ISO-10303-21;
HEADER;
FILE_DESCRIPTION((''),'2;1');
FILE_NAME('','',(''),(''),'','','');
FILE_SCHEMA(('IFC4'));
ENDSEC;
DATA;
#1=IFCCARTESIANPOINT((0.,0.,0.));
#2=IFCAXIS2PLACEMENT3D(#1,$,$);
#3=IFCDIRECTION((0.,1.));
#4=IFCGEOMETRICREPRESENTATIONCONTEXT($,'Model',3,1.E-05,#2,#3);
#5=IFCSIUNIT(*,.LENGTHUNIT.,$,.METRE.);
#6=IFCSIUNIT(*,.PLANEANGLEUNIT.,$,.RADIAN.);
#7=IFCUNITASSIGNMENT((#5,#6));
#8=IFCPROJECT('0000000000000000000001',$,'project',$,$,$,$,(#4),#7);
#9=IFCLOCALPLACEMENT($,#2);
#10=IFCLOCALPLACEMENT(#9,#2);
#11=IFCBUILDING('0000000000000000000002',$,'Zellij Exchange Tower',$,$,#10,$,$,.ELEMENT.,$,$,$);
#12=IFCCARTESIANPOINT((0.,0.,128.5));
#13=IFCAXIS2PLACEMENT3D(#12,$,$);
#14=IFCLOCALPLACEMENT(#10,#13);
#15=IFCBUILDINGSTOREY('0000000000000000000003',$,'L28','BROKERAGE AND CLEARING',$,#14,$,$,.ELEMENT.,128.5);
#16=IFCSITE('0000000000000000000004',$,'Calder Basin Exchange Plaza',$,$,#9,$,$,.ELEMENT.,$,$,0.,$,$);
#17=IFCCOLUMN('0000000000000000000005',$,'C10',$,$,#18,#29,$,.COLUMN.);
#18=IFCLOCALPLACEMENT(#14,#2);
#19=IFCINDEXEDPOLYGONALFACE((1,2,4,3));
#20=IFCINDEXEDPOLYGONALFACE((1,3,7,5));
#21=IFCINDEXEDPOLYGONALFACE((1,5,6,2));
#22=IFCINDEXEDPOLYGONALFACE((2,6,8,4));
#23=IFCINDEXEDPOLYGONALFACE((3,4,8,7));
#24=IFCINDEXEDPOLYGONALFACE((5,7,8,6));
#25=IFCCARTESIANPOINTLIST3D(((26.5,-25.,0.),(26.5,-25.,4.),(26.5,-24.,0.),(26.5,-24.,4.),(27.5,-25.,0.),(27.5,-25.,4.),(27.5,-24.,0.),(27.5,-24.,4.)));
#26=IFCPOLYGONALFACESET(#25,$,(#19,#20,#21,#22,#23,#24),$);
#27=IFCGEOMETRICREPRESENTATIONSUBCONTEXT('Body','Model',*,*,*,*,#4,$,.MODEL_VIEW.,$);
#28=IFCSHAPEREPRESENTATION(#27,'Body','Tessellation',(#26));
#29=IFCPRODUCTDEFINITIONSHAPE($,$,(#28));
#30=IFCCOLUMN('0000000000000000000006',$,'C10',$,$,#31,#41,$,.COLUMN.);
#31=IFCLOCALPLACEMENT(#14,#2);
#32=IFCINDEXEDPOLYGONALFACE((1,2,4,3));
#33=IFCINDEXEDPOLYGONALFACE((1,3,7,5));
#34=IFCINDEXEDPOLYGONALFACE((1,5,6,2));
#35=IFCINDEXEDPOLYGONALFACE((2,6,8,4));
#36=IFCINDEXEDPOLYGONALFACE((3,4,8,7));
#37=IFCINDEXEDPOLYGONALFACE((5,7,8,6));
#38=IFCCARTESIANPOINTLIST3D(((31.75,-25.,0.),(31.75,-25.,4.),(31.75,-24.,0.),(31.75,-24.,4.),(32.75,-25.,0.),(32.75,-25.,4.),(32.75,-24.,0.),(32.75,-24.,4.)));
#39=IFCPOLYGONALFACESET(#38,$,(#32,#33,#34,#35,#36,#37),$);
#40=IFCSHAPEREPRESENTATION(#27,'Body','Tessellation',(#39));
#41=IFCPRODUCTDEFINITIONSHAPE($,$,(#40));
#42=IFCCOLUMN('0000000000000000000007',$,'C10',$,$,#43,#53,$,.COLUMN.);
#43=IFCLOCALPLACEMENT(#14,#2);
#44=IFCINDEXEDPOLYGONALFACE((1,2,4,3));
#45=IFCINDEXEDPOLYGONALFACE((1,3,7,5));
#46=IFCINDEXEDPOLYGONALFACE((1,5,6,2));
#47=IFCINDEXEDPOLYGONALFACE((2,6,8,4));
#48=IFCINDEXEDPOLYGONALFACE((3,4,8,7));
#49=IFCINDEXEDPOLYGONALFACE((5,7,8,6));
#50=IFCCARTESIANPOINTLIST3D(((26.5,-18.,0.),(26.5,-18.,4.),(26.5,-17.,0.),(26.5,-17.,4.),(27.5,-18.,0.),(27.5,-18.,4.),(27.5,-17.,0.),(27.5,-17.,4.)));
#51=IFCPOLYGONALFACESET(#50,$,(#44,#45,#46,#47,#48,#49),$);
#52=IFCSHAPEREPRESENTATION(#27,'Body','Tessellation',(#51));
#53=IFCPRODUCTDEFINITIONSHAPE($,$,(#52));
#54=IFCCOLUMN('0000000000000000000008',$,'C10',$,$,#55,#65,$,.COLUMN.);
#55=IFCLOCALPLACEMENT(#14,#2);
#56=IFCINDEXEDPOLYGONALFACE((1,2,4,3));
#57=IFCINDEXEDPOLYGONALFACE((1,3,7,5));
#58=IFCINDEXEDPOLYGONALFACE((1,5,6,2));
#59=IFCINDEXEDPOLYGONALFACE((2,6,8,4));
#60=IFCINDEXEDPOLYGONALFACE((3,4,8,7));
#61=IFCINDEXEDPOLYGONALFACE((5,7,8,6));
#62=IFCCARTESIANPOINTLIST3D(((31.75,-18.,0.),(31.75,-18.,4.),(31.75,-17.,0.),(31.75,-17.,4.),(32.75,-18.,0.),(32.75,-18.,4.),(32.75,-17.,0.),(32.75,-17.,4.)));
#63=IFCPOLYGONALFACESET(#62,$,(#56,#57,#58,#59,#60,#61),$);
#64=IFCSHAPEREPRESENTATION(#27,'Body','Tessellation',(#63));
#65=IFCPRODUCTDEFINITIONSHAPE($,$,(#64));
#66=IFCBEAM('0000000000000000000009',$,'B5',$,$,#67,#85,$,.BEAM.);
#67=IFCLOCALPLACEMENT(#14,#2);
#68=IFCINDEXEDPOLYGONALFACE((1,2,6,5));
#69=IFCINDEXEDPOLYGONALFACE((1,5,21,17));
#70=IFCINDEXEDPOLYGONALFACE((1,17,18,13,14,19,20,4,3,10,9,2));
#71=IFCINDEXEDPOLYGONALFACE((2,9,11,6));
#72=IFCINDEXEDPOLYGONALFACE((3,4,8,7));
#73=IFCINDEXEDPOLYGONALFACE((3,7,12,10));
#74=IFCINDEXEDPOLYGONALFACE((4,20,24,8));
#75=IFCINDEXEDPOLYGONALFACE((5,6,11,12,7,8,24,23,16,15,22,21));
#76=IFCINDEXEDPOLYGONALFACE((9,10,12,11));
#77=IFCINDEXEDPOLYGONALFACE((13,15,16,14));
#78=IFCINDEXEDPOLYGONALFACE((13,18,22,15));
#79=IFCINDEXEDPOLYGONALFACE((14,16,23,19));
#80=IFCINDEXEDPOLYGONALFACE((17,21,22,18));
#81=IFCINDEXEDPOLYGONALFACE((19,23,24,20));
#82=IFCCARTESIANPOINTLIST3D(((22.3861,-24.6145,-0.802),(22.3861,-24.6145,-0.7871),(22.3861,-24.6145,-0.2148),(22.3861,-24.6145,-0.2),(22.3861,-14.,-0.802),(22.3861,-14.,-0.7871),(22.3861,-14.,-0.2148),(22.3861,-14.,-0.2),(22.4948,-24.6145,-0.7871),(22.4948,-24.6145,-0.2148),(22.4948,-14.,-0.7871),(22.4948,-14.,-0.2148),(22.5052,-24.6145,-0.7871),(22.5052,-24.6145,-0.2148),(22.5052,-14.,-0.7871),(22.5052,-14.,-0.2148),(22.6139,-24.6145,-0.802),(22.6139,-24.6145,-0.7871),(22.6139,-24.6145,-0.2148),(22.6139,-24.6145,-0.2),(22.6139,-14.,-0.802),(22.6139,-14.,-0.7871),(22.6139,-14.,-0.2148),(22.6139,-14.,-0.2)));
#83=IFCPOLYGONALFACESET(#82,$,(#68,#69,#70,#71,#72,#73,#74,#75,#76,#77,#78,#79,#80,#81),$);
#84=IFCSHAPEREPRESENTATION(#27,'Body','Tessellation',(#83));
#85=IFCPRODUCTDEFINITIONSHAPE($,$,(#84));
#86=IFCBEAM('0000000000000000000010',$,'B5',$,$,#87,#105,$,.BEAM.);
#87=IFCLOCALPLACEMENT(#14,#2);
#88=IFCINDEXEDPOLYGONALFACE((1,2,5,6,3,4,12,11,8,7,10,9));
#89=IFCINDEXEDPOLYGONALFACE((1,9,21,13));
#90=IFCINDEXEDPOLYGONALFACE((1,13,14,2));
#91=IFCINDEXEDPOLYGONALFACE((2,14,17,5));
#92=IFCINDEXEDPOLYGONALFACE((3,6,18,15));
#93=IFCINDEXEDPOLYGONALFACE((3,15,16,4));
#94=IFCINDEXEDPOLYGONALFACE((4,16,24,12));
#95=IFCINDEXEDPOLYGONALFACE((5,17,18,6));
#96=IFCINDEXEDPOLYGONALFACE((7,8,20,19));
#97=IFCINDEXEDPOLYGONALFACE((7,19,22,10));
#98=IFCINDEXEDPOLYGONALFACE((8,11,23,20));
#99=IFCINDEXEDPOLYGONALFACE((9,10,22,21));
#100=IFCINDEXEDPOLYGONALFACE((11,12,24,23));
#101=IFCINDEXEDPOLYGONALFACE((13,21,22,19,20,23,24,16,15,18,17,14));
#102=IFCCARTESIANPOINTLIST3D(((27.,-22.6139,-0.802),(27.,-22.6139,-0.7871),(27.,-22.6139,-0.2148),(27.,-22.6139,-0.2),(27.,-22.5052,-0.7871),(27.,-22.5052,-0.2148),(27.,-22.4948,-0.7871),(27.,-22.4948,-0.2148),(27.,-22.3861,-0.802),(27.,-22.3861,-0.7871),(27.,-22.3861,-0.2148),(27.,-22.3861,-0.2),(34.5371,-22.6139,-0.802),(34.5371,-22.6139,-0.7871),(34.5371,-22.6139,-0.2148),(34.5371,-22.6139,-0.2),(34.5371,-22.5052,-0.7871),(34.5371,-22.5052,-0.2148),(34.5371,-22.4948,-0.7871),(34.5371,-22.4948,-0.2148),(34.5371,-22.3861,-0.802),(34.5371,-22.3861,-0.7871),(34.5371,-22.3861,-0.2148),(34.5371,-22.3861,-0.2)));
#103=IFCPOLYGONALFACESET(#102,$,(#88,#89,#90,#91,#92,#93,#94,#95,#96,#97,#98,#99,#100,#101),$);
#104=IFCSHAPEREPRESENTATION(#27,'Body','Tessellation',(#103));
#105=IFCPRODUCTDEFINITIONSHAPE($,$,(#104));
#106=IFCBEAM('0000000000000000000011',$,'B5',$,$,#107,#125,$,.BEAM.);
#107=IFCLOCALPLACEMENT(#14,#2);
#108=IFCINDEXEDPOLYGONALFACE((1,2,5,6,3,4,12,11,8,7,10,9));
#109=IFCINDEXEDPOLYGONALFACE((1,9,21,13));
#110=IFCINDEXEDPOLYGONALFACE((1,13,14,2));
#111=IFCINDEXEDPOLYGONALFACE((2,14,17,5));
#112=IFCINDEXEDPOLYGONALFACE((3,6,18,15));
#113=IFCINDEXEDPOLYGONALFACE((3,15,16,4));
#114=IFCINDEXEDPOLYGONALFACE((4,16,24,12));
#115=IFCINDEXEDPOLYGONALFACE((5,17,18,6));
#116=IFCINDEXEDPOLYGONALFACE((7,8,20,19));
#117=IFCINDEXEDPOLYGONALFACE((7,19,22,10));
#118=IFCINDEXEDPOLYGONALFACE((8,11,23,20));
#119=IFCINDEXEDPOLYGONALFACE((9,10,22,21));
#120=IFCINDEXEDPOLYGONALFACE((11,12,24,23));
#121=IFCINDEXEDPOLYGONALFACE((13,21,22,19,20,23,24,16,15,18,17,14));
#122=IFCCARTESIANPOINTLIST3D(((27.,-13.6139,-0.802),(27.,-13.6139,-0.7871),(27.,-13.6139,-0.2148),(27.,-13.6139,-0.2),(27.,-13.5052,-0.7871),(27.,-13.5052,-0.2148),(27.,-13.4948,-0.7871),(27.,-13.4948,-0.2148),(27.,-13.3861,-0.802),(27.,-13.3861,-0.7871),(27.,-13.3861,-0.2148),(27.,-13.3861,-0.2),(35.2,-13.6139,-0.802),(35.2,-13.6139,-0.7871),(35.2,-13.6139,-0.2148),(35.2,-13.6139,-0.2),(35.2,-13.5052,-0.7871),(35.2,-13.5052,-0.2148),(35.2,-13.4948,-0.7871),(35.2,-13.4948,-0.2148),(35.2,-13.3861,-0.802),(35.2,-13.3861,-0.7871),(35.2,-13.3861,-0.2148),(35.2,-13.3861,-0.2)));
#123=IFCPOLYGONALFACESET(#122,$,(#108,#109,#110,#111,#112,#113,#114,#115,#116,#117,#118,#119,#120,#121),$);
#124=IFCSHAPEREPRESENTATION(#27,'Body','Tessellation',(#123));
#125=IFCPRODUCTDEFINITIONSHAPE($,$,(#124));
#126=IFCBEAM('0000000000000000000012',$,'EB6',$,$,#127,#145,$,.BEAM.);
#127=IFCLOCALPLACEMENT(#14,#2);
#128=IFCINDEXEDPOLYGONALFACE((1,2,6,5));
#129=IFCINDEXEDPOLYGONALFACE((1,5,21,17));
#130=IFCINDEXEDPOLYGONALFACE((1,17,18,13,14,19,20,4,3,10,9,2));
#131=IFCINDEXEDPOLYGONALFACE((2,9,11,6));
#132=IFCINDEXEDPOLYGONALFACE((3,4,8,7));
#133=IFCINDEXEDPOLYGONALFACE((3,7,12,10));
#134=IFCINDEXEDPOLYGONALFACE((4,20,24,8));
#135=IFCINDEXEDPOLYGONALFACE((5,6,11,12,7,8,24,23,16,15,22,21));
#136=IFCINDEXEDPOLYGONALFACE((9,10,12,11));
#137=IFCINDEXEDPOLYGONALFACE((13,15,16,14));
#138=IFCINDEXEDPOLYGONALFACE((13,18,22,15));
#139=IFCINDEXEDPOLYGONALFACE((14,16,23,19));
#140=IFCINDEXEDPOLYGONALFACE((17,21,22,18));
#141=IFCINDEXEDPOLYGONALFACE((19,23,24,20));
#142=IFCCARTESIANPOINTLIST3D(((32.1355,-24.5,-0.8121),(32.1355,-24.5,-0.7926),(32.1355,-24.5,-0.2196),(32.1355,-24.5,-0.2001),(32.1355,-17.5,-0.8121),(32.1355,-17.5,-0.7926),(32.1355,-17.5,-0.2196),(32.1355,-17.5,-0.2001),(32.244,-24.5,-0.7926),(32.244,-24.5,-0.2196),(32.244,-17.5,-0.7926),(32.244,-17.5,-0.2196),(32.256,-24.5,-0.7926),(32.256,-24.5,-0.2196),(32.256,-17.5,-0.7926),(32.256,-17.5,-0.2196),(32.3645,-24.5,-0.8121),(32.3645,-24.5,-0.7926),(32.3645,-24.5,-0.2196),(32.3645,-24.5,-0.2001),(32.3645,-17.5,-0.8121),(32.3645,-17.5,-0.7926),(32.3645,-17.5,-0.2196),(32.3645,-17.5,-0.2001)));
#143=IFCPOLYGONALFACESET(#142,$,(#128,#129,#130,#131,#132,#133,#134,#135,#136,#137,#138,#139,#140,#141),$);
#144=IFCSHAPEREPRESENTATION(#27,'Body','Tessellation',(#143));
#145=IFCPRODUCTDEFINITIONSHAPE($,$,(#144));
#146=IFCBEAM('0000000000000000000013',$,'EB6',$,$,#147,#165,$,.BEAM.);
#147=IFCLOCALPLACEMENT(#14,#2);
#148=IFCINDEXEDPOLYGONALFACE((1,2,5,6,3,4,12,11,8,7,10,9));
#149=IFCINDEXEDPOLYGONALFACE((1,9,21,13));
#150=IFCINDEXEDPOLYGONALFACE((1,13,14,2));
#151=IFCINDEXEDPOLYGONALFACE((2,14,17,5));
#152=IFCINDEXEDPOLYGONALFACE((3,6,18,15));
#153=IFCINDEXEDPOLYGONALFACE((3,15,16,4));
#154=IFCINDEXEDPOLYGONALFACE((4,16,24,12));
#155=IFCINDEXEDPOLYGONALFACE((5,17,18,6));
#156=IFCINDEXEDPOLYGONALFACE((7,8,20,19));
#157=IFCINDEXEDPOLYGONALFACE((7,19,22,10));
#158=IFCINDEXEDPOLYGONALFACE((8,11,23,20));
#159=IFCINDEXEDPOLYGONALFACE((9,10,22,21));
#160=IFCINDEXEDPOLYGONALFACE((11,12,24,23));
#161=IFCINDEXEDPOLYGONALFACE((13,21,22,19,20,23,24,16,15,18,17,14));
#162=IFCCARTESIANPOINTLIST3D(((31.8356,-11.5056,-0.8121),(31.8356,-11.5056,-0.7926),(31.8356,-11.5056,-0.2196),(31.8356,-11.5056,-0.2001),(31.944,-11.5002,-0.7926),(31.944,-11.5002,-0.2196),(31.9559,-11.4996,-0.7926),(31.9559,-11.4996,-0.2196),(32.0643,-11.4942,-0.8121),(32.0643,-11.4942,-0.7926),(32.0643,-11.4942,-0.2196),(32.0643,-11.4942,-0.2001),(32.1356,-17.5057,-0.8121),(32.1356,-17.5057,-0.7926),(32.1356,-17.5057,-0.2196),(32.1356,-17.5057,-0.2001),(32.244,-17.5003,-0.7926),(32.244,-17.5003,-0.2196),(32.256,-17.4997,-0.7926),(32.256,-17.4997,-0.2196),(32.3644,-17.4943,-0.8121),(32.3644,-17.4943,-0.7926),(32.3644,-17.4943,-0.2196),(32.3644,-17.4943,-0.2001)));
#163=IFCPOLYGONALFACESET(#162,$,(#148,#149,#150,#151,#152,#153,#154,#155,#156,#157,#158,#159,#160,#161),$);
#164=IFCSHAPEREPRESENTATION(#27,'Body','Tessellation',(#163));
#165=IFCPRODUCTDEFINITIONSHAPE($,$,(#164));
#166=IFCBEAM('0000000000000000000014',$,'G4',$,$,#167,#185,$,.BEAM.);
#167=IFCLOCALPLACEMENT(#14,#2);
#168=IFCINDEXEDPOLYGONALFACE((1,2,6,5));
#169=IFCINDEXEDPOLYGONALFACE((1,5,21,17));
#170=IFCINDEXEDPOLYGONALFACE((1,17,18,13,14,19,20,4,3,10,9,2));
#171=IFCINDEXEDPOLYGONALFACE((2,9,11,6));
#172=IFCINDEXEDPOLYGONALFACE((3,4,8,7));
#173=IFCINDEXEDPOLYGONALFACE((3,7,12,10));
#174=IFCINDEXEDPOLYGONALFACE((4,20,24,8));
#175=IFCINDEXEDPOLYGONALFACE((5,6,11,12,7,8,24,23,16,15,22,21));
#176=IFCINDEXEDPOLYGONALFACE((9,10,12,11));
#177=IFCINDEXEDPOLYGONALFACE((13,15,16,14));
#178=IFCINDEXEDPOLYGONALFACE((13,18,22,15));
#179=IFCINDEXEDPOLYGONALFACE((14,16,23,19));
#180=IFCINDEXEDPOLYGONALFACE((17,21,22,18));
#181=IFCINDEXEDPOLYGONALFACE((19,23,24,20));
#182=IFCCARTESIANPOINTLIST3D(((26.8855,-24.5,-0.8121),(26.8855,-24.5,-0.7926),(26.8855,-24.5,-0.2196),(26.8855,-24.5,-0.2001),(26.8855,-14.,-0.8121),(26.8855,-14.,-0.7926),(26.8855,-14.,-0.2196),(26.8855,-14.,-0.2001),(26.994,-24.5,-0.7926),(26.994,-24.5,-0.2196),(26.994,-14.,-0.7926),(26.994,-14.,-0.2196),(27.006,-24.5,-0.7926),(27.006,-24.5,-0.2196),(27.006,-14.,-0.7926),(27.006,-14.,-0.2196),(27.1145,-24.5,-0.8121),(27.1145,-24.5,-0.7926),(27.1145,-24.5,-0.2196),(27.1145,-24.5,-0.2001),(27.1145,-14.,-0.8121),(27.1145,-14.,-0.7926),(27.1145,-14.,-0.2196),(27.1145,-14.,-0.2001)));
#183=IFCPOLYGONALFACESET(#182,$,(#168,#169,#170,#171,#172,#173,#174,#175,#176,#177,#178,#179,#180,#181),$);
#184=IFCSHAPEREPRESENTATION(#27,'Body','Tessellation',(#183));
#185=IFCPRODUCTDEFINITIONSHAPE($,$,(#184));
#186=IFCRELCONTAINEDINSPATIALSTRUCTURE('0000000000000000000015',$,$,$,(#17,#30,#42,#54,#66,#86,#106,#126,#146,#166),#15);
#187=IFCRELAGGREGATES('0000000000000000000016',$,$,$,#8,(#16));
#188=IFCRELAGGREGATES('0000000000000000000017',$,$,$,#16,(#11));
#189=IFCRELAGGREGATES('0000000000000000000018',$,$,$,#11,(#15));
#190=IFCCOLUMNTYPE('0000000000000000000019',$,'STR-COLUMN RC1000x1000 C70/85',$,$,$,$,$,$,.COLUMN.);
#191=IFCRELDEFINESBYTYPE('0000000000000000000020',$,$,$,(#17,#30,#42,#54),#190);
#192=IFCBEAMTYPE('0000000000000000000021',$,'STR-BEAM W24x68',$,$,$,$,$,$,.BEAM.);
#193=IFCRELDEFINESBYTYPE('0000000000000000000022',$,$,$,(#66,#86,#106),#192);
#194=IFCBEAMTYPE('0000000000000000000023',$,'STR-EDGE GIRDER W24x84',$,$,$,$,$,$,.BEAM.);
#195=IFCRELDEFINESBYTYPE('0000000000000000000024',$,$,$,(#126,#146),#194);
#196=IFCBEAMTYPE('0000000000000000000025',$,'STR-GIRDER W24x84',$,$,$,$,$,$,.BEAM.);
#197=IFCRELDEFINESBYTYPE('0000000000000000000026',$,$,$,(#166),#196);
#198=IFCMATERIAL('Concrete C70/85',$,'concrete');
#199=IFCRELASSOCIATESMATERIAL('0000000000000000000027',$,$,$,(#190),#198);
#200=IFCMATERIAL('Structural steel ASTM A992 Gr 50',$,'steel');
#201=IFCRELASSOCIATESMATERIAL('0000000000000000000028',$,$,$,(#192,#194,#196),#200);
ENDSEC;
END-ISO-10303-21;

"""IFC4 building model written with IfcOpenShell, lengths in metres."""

from ifc_helpers import new_model, si_unit, direction, frame, origin, origin_2d, place, context, subcontext, project, spatial, rectangle, i_section, extrude, material, material_profile, profile_set, type_object, element, save


model = new_model("IFC4")

# Units and contexts
model_context = context("Model", 3, precision=1e-05, world=origin(), true_north=direction((0.0, 1.0)))
body_context = subcontext(model_context, "Body", "Model", "MODEL_VIEW")
ifc_project = project(units=[si_unit("LENGTHUNIT", "METRE"), si_unit("PLANEANGLEUNIT", "RADIAN")], contexts=[model_context])

# Site, building, storey
site_placement = place(None, origin())
site = spatial("IfcSite", under=ifc_project, at=site_placement, Name="Calder Basin Exchange Plaza", CompositionType="ELEMENT", RefElevation=0.0)
building_placement = place(site_placement, origin())
building = spatial("IfcBuilding", under=site, at=building_placement, Name="Zellij Exchange Tower", CompositionType="ELEMENT")
storey_placement = place(building_placement, frame((0.0, 0.0, 128.5)))
storey = spatial("IfcBuildingStorey", under=building, at=storey_placement, Name="L28", Description="BROKERAGE AND CLEARING", CompositionType="ELEMENT", Elevation=128.5)

# Columns
ifc_material_1 = material(Name="Concrete C70/85", Category="concrete")
ifc_material_profile_1 = material_profile(ifc_material_1, rectangle(XDim=1.0, YDim=1.0, at=origin_2d()), Name="STR-COLUMN RC1000x1000 C70/85")
ifc_profile_set_1 = profile_set([ifc_material_profile_1], Name="Concrete C70/85")
column_type = type_object("IfcColumnType", Name="STR-COLUMN RC1000x1000 C70/85", PredefinedType="COLUMN", material=ifc_profile_set_1)
for number, where, z_axis, x_axis, name in (
    (1, (27.0, -24.5, 0.0), (0.0, 0.0, 1.0), (1.0, 0.0, 0.0), "C10"),
    (2, (32.25, -24.5, 0.0), (0.0, 0.0, 1.0), (1.0, 0.0, 0.0), "C10"),
    (3, (27.0, -17.5, 0.0), (0.0, 0.0, 1.0), (1.0, 0.0, 0.0), "C10"),
    (4, (32.25, -17.5, 0.0), (0.0, 0.0, 1.0), (1.0, 0.0, 0.0), "C10"),
):
    element("IfcColumn", number, at=place(storey_placement, frame(where, z_axis=z_axis, x_axis=x_axis)), inside=storey, type_object=column_type, Name=name, PredefinedType="COLUMN", context=body_context, shape_type="SweptSolid", body=[
        extrude(rectangle(XDim=1.0, YDim=1.0, at=origin_2d()), origin(), (0.0, 0.0, 1.0), 4.0),
    ])

# Beams
ifc_material_2 = material(Name="Structural steel ASTM A992 Gr 50", Category="steel")
ifc_material_profile_2 = material_profile(ifc_material_2, i_section(OverallWidth=0.2278, OverallDepth=0.6021, WebThickness=0.0105, FlangeThickness=0.0149, at=origin_2d()), Name="W24x68")
ifc_profile_set_2 = profile_set([ifc_material_profile_2], Name="Structural steel ASTM A992 Gr 50")
beam_type_1 = type_object("IfcBeamType", Name="STR-BEAM W24x68", PredefinedType="BEAM", material=ifc_profile_set_2)
beam_1_placement = place(storey_placement, frame((22.5, -24.6145, -0.501), z_axis=(0.0, 1.0, 0.0), x_axis=(-1.0, 0.0, 0.0)))
element("IfcBeam", 5, at=beam_1_placement, inside=storey, type_object=beam_type_1, Name="B5", PredefinedType="BEAM", context=body_context, shape_type="SweptSolid", body=[
    extrude(i_section(OverallWidth=0.2278, OverallDepth=0.6021, WebThickness=0.0105, FlangeThickness=0.0149, at=origin_2d()), origin(), (0.0, 0.0, 1.0), 10.6145),
])
beam_2_placement = place(storey_placement, frame((27.0, -22.5, -0.501), z_axis=(1.0, 0.0, 0.0), x_axis=(0.0, 1.0, 0.0)))
element("IfcBeam", 6, at=beam_2_placement, inside=storey, type_object=beam_type_1, Name="B5", PredefinedType="BEAM", context=body_context, shape_type="SweptSolid", body=[
    extrude(i_section(OverallWidth=0.2278, OverallDepth=0.6021, WebThickness=0.0105, FlangeThickness=0.0149, at=origin_2d()), origin(), (0.0, 0.0, 1.0), 7.5371),
])
beam_3_placement = place(storey_placement, frame((27.0, -13.5, -0.501), z_axis=(1.0, 0.0, 0.0), x_axis=(0.0, 1.0, 0.0)))
element("IfcBeam", 7, at=beam_3_placement, inside=storey, type_object=beam_type_1, Name="B5", PredefinedType="BEAM", context=body_context, shape_type="SweptSolid", body=[
    extrude(i_section(OverallWidth=0.2278, OverallDepth=0.6021, WebThickness=0.0105, FlangeThickness=0.0149, at=origin_2d()), origin(), (0.0, 0.0, 1.0), 8.2),
])
ifc_material_profile_3 = material_profile(ifc_material_2, i_section(OverallWidth=0.229, OverallDepth=0.6121, WebThickness=0.012, FlangeThickness=0.0195, at=origin_2d()), Name="W24x84")
ifc_profile_set_3 = profile_set([ifc_material_profile_3], Name="Structural steel ASTM A992 Gr 50")
beam_type_2 = type_object("IfcBeamType", Name="STR-EDGE GIRDER W24x84", PredefinedType="BEAM", material=ifc_profile_set_3)
beam_4_placement = place(storey_placement, frame((32.25, -24.5, -0.5061), z_axis=(0.0, 1.0, 0.0), x_axis=(-1.0, 0.0, 0.0)))
element("IfcBeam", 8, at=beam_4_placement, inside=storey, type_object=beam_type_2, Name="EB6", PredefinedType="BEAM", context=body_context, shape_type="SweptSolid", body=[
    extrude(i_section(OverallWidth=0.229, OverallDepth=0.6121, WebThickness=0.012, FlangeThickness=0.0195, at=origin_2d()), origin(), (0.0, 0.0, 1.0), 7.0),
])
beam_5_placement = place(storey_placement, frame((32.25, -17.5, -0.5061), z_axis=(-0.049946, 0.998752, 0.0), x_axis=(-0.998752, -0.049946, 0.0)))
element("IfcBeam", 9, at=beam_5_placement, inside=storey, type_object=beam_type_2, Name="EB6", PredefinedType="BEAM", context=body_context, shape_type="SweptSolid", body=[
    extrude(i_section(OverallWidth=0.229, OverallDepth=0.6121, WebThickness=0.012, FlangeThickness=0.0195, at=origin_2d()), origin(), (0.0, 0.0, 1.0), 6.0076),
])
ifc_material_profile_4 = material_profile(ifc_material_2, i_section(OverallWidth=0.229, OverallDepth=0.6121, WebThickness=0.012, FlangeThickness=0.0195, at=origin_2d()), Name="W24x84")
ifc_profile_set_4 = profile_set([ifc_material_profile_4], Name="Structural steel ASTM A992 Gr 50")
beam_type_3 = type_object("IfcBeamType", Name="STR-GIRDER W24x84", PredefinedType="BEAM", material=ifc_profile_set_4)
beam_6_placement = place(storey_placement, frame((27.0, -24.5, -0.5061), z_axis=(0.0, 1.0, 0.0), x_axis=(-1.0, 0.0, 0.0)))
element("IfcBeam", 10, at=beam_6_placement, inside=storey, type_object=beam_type_3, Name="G4", PredefinedType="BEAM", context=body_context, shape_type="SweptSolid", body=[
    extrude(i_section(OverallWidth=0.229, OverallDepth=0.6121, WebThickness=0.012, FlangeThickness=0.0195, at=origin_2d()), origin(), (0.0, 0.0, 1.0), 10.5),
])

save(model, "model.ifc")
